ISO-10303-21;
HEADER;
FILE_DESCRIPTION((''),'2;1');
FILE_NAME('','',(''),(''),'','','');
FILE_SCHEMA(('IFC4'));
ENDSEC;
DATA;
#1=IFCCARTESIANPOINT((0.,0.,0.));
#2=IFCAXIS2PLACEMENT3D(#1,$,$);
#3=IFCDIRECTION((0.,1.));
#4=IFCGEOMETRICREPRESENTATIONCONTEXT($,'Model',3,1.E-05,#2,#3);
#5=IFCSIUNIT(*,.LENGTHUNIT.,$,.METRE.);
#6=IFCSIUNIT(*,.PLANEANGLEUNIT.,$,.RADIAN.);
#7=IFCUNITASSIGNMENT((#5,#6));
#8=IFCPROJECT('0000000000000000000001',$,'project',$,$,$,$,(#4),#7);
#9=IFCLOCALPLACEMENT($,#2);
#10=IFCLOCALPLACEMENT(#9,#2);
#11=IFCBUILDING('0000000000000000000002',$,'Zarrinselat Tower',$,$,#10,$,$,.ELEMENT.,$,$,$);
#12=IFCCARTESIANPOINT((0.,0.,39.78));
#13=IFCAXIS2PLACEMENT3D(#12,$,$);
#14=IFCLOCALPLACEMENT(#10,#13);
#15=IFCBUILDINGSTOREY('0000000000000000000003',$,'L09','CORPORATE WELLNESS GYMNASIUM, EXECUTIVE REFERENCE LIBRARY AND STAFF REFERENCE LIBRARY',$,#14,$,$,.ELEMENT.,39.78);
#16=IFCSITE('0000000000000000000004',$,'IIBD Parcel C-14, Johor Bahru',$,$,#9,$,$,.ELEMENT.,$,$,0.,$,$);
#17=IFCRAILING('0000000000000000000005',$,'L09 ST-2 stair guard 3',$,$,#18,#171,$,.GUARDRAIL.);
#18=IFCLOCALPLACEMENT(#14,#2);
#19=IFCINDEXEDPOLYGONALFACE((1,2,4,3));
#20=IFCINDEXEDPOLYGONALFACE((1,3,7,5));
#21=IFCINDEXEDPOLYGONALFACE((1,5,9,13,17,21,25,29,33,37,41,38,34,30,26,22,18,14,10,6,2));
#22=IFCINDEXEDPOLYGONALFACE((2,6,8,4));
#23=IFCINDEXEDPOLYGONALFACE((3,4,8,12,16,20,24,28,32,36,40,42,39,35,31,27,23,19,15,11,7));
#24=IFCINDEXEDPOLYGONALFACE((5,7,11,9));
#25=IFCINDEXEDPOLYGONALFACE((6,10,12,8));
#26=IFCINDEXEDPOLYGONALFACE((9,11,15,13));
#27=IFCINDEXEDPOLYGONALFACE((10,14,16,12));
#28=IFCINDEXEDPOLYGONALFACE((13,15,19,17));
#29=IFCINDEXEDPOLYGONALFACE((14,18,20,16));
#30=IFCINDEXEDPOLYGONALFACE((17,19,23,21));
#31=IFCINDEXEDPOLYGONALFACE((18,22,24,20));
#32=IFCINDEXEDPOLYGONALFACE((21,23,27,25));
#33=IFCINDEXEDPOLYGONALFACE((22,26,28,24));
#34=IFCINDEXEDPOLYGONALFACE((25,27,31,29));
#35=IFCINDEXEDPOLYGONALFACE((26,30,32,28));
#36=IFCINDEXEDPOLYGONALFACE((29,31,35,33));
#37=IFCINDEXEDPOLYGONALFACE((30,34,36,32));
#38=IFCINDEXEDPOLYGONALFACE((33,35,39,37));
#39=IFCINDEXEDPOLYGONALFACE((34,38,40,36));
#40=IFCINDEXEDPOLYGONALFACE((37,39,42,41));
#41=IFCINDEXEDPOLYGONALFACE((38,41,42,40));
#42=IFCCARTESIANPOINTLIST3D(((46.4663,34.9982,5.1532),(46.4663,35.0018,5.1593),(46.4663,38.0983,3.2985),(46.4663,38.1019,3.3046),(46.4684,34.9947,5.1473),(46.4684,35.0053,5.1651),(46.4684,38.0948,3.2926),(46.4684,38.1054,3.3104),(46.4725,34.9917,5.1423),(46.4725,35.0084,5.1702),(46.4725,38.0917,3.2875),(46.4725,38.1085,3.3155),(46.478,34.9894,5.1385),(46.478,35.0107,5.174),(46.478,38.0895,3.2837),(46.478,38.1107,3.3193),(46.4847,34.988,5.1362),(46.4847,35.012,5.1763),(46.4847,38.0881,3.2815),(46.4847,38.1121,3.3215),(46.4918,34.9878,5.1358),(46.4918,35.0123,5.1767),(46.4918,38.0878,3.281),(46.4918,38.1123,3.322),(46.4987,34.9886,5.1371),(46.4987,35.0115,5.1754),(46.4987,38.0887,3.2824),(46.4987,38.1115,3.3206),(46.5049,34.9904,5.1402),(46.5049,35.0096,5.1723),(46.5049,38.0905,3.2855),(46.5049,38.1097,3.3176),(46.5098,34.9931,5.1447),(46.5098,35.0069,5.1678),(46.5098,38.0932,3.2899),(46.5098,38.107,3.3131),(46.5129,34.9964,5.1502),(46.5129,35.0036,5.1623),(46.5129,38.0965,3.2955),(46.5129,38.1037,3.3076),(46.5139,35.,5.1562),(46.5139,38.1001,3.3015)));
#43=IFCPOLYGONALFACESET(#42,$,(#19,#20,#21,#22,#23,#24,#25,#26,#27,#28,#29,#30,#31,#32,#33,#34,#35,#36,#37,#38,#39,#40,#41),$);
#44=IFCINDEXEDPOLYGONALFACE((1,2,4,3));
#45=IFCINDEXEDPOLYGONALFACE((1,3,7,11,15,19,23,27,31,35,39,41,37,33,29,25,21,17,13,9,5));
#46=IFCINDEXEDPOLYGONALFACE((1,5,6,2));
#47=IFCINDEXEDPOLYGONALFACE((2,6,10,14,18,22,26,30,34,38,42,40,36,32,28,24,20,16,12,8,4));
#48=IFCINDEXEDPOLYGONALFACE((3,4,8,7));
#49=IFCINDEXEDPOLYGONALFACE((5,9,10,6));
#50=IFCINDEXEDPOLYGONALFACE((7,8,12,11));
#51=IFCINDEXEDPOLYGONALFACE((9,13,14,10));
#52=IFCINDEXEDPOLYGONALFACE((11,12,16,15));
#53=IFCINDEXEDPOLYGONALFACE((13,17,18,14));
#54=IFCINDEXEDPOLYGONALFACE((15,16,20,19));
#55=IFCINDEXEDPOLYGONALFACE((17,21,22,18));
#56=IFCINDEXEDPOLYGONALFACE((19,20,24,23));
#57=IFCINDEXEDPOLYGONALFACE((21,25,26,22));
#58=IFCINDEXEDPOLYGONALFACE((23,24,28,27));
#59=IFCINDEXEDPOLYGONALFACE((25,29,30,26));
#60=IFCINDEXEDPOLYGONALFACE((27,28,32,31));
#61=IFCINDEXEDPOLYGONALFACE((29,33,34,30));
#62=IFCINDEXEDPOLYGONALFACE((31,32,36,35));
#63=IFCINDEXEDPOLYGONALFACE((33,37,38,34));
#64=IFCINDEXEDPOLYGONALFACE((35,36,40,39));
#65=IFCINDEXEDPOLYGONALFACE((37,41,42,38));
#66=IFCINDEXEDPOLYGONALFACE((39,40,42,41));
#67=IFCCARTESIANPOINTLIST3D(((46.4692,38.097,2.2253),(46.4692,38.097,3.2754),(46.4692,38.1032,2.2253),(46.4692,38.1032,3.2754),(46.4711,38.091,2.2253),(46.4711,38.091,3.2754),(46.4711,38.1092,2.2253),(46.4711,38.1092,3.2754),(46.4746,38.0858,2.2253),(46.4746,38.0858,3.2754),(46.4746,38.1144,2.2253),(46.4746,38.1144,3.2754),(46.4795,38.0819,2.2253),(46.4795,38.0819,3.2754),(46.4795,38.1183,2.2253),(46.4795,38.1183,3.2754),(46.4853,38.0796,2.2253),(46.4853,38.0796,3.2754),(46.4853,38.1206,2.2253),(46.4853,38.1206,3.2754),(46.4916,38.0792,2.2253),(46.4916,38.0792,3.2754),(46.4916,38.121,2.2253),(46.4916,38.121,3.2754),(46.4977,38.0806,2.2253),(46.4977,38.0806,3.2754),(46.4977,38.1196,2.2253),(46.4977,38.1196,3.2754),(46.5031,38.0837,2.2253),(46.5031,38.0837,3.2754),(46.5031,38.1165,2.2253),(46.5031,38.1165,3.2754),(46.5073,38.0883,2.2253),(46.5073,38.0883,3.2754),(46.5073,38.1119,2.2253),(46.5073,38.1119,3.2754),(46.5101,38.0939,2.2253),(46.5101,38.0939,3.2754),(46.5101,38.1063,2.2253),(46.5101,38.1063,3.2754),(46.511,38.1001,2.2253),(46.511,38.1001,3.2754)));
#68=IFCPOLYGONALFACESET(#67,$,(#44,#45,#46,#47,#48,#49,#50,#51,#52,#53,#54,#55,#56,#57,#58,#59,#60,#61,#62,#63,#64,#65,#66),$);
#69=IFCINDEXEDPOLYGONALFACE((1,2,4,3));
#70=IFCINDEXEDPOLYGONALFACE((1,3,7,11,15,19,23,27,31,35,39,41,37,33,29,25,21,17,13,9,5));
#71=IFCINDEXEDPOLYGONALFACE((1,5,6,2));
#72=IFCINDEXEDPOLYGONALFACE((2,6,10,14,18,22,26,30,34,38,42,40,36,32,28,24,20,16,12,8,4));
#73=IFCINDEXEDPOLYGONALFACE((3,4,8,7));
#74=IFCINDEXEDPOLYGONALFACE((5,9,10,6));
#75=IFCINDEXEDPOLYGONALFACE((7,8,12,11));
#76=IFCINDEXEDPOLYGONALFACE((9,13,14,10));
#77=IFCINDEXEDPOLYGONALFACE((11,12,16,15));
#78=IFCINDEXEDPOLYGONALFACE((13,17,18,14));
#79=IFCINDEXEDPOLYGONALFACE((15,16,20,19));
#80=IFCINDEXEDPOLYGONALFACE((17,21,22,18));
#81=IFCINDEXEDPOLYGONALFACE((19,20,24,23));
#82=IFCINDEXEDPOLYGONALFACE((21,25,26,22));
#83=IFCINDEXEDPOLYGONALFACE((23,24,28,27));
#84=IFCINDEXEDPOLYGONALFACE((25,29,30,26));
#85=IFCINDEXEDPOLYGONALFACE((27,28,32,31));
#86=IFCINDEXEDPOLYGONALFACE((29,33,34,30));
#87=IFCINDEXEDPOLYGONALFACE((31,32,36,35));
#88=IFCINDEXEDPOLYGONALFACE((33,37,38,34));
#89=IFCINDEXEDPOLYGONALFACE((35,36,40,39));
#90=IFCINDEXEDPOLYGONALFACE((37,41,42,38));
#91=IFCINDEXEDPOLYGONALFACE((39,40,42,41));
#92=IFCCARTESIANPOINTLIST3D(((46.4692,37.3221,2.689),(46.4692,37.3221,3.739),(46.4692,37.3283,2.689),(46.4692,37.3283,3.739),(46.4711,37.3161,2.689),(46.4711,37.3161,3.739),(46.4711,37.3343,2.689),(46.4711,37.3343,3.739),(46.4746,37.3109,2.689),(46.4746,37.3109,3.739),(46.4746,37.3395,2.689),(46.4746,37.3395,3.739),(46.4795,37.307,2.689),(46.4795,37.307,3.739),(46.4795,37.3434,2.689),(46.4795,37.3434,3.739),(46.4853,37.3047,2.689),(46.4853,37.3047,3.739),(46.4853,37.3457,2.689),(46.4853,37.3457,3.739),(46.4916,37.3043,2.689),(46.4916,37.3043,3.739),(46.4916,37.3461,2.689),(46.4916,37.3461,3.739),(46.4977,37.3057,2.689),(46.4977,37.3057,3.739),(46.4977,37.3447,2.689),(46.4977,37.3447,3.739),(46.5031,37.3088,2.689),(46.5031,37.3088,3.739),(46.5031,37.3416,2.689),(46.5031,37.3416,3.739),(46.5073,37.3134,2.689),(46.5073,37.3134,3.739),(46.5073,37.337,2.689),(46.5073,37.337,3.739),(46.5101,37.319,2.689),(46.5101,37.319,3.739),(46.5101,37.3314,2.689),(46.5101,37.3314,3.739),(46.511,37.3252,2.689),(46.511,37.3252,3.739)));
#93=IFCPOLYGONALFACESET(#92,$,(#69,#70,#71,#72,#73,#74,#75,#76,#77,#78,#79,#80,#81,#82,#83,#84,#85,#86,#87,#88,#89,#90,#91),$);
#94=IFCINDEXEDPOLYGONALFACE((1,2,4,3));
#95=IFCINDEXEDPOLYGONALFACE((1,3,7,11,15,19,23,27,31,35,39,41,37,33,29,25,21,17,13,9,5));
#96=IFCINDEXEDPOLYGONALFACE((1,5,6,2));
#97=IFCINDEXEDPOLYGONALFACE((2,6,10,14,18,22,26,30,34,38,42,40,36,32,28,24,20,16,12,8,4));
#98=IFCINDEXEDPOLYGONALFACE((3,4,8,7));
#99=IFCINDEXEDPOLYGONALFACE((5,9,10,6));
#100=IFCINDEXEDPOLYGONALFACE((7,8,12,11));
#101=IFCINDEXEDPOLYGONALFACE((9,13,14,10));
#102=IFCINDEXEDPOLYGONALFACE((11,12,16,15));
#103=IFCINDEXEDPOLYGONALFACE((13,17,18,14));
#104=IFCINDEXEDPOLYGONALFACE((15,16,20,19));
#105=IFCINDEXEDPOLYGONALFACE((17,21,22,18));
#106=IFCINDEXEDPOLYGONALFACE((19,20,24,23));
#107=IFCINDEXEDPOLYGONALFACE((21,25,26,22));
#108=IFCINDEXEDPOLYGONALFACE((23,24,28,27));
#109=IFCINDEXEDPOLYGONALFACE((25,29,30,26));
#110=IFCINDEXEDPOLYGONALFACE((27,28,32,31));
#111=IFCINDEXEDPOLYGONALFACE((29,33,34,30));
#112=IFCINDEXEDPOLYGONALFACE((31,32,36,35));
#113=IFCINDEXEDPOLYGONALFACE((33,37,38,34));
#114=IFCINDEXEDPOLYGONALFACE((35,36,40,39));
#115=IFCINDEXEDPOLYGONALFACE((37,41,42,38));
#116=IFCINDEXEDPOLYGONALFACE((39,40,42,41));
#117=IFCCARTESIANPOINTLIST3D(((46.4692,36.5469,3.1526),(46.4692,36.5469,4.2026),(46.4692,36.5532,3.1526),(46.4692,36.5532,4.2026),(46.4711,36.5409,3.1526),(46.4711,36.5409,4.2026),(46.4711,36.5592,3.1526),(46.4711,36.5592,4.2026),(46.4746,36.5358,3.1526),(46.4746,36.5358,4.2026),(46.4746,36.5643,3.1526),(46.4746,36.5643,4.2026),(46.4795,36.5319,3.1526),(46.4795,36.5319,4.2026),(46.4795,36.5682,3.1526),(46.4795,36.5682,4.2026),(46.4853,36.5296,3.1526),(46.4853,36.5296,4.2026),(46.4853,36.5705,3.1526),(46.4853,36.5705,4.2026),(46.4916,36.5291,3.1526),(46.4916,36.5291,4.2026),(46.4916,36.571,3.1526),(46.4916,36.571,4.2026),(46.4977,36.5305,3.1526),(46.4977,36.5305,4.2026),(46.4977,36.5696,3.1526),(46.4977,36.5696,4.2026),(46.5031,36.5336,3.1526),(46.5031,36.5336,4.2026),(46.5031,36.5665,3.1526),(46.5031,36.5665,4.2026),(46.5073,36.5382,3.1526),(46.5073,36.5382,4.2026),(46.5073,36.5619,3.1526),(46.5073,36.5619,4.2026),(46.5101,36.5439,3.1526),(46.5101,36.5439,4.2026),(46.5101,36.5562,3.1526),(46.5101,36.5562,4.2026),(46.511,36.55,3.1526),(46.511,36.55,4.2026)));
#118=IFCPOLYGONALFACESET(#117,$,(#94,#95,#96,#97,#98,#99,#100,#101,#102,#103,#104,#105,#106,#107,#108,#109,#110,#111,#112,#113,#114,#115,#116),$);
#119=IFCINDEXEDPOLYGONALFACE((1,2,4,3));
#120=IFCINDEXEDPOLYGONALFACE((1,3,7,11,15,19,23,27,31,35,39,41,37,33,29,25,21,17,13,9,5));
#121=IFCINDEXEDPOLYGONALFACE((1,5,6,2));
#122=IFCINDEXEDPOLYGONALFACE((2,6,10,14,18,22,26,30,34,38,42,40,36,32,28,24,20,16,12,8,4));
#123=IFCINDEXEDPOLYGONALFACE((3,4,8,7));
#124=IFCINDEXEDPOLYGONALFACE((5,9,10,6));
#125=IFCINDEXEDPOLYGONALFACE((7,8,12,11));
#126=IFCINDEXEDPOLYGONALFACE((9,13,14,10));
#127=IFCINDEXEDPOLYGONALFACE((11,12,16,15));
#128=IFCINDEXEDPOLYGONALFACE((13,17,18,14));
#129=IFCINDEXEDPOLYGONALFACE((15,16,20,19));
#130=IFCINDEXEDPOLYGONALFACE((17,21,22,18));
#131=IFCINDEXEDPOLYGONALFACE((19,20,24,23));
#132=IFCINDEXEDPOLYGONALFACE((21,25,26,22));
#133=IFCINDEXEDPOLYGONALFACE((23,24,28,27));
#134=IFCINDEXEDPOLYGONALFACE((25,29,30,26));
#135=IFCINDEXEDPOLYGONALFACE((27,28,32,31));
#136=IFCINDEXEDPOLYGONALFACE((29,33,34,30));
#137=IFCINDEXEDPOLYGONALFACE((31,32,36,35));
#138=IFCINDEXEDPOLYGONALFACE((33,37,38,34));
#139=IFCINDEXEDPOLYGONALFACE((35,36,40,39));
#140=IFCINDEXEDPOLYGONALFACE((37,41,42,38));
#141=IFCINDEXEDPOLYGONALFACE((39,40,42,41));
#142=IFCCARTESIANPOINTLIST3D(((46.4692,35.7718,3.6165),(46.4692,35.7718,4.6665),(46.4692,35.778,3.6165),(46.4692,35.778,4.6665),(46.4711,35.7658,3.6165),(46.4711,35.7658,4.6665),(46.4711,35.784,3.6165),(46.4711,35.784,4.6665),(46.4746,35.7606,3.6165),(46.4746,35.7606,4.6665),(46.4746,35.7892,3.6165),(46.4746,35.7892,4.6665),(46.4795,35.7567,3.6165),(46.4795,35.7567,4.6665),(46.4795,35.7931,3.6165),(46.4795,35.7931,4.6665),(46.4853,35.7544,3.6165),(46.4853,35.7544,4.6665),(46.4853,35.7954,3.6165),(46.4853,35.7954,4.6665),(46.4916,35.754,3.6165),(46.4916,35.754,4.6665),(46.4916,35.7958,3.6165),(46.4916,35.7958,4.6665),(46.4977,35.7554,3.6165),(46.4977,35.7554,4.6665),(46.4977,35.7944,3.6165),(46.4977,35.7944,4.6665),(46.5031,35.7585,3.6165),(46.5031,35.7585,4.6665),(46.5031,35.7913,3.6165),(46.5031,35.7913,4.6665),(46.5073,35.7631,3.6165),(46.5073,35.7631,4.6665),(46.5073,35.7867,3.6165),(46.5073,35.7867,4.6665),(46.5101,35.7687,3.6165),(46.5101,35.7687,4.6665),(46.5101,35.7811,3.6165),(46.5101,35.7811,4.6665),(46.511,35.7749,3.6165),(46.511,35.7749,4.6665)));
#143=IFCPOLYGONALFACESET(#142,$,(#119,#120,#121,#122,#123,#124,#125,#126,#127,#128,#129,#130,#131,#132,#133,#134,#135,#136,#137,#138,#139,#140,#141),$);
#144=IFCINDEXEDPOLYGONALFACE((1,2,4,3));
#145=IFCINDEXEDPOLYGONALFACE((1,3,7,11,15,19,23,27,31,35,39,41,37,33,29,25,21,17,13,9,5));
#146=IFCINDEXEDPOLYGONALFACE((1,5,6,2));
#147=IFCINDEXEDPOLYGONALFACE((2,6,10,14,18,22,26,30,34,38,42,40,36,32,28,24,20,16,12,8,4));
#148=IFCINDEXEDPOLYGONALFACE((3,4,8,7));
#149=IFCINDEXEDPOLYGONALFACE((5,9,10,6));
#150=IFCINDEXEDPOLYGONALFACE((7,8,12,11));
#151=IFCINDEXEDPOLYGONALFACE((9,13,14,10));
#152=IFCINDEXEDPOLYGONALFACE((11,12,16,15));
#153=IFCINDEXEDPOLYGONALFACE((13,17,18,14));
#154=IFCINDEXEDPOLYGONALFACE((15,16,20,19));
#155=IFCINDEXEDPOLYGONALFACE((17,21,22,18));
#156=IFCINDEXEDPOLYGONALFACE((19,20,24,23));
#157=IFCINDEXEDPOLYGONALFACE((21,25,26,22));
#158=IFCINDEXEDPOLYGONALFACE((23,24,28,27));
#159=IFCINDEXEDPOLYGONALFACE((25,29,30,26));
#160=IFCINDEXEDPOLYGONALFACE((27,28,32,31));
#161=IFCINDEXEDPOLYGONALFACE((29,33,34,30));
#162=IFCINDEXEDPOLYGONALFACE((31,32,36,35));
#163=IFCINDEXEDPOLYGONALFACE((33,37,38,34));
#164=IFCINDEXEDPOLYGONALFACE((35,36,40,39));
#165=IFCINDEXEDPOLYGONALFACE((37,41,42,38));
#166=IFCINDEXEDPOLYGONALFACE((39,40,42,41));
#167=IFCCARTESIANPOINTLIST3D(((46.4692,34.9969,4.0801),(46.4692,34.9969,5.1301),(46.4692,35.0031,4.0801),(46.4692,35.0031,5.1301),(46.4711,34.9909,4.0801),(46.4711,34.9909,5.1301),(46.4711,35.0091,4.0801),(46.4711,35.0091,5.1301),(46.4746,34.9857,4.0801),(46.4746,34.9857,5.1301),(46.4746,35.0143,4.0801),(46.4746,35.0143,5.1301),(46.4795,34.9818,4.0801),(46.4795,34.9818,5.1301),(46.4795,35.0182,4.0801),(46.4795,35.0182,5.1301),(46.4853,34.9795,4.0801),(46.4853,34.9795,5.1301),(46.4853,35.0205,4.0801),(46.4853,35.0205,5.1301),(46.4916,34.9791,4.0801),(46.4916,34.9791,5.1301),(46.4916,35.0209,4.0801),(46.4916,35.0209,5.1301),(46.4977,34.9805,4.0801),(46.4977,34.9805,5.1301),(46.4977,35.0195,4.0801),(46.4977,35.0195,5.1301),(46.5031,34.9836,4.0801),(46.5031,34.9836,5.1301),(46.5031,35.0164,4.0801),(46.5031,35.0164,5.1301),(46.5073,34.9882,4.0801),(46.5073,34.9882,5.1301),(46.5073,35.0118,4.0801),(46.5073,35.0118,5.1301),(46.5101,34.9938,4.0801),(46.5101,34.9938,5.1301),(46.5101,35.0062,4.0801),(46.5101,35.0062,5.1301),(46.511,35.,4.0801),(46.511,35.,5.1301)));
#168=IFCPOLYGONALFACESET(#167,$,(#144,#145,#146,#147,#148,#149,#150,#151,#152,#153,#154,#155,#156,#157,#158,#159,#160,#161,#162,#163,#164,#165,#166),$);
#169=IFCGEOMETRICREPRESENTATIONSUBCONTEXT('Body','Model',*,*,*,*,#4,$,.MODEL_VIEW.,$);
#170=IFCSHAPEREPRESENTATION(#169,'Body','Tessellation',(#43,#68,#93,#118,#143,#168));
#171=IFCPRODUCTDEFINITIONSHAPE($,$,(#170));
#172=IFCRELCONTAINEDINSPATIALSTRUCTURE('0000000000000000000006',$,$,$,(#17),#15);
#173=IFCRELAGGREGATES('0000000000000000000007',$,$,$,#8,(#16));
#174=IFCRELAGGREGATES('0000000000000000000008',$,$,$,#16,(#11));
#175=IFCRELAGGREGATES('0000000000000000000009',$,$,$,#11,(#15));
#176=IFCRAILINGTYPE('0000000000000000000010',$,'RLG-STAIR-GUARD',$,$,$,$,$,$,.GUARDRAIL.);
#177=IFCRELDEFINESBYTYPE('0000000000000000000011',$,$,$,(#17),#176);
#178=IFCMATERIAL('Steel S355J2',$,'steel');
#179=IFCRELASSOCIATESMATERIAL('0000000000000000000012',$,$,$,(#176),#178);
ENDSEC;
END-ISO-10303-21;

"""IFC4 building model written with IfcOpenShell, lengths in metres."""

from ifc_helpers import new_model, si_unit, direction, frame, origin, origin_2d, place, context, subcontext, project, spatial, circle, extrude, material, type_object, element, save


model = new_model("IFC4")

# Units and contexts
model_context = context("Model", 3, precision=1e-05, world=origin(), true_north=direction((0.0, 1.0)))
body_context = subcontext(model_context, "Body", "Model", "MODEL_VIEW")
ifc_project = project(units=[si_unit("LENGTHUNIT", "METRE"), si_unit("PLANEANGLEUNIT", "RADIAN")], contexts=[model_context])

# Site, building, storey
site_placement = place(None, origin())
site = spatial("IfcSite", under=ifc_project, at=site_placement, Name="IIBD Parcel C-14, Johor Bahru", CompositionType="ELEMENT", RefElevation=0.0)
building_placement = place(site_placement, origin())
building = spatial("IfcBuilding", under=site, at=building_placement, Name="Zarrinselat Tower", CompositionType="ELEMENT")
storey_placement = place(building_placement, frame((0.0, 0.0, 39.78)))
storey = spatial("IfcBuildingStorey", under=building, at=storey_placement, Name="L09", Description="CORPORATE WELLNESS GYMNASIUM, EXECUTIVE REFERENCE LIBRARY AND STAFF REFERENCE LIBRARY", CompositionType="ELEMENT", Elevation=39.78)

# Railing
ifc_material_1 = material(Name="Steel S355J2", Category="steel")
railing_type_1 = type_object("IfcRailingType", Name="RLG-STAIR-GUARD", PredefinedType="GUARDRAIL", material=ifc_material_1)
railing_1_placement = place(storey_placement, frame((46.49, 38.1001, 2.2253)))
element("IfcRailing", 1, at=railing_1_placement, inside=storey, type_object=railing_type_1, Name="L09 ST-2 stair guard 3", PredefinedType="GUARDRAIL", context=body_context, shape_type="SweptSolid", body=[
    extrude(circle(Radius=0.0239, at=origin_2d()), frame((0.0, 0.0, 1.0762), z_axis=(0.0, -0.858142, 0.513412), x_axis=(1.0, 0.0, 0.0)), (0.0, 0.0, 1.0), 3.6125),
    extrude(circle(Radius=0.021, at=origin_2d()), origin(), (0.0, 0.0, 1.0), 1.05),
    extrude(circle(Radius=0.021, at=origin_2d()), frame((0.0, -0.7749, 0.4636)), (0.0, 0.0, 1.0), 1.05),
    extrude(circle(Radius=0.021, at=origin_2d()), frame((0.0, -1.55, 0.9272)), (0.0, 0.0, 1.0), 1.05),
    extrude(circle(Radius=0.021, at=origin_2d()), frame((0.0, -2.3252, 1.3911)), (0.0, 0.0, 1.0), 1.05),
    extrude(circle(Radius=0.021, at=origin_2d()), frame((0.0, -3.1001, 1.8547)), (0.0, 0.0, 1.0), 1.05),
])

save(model, "model.ifc")
